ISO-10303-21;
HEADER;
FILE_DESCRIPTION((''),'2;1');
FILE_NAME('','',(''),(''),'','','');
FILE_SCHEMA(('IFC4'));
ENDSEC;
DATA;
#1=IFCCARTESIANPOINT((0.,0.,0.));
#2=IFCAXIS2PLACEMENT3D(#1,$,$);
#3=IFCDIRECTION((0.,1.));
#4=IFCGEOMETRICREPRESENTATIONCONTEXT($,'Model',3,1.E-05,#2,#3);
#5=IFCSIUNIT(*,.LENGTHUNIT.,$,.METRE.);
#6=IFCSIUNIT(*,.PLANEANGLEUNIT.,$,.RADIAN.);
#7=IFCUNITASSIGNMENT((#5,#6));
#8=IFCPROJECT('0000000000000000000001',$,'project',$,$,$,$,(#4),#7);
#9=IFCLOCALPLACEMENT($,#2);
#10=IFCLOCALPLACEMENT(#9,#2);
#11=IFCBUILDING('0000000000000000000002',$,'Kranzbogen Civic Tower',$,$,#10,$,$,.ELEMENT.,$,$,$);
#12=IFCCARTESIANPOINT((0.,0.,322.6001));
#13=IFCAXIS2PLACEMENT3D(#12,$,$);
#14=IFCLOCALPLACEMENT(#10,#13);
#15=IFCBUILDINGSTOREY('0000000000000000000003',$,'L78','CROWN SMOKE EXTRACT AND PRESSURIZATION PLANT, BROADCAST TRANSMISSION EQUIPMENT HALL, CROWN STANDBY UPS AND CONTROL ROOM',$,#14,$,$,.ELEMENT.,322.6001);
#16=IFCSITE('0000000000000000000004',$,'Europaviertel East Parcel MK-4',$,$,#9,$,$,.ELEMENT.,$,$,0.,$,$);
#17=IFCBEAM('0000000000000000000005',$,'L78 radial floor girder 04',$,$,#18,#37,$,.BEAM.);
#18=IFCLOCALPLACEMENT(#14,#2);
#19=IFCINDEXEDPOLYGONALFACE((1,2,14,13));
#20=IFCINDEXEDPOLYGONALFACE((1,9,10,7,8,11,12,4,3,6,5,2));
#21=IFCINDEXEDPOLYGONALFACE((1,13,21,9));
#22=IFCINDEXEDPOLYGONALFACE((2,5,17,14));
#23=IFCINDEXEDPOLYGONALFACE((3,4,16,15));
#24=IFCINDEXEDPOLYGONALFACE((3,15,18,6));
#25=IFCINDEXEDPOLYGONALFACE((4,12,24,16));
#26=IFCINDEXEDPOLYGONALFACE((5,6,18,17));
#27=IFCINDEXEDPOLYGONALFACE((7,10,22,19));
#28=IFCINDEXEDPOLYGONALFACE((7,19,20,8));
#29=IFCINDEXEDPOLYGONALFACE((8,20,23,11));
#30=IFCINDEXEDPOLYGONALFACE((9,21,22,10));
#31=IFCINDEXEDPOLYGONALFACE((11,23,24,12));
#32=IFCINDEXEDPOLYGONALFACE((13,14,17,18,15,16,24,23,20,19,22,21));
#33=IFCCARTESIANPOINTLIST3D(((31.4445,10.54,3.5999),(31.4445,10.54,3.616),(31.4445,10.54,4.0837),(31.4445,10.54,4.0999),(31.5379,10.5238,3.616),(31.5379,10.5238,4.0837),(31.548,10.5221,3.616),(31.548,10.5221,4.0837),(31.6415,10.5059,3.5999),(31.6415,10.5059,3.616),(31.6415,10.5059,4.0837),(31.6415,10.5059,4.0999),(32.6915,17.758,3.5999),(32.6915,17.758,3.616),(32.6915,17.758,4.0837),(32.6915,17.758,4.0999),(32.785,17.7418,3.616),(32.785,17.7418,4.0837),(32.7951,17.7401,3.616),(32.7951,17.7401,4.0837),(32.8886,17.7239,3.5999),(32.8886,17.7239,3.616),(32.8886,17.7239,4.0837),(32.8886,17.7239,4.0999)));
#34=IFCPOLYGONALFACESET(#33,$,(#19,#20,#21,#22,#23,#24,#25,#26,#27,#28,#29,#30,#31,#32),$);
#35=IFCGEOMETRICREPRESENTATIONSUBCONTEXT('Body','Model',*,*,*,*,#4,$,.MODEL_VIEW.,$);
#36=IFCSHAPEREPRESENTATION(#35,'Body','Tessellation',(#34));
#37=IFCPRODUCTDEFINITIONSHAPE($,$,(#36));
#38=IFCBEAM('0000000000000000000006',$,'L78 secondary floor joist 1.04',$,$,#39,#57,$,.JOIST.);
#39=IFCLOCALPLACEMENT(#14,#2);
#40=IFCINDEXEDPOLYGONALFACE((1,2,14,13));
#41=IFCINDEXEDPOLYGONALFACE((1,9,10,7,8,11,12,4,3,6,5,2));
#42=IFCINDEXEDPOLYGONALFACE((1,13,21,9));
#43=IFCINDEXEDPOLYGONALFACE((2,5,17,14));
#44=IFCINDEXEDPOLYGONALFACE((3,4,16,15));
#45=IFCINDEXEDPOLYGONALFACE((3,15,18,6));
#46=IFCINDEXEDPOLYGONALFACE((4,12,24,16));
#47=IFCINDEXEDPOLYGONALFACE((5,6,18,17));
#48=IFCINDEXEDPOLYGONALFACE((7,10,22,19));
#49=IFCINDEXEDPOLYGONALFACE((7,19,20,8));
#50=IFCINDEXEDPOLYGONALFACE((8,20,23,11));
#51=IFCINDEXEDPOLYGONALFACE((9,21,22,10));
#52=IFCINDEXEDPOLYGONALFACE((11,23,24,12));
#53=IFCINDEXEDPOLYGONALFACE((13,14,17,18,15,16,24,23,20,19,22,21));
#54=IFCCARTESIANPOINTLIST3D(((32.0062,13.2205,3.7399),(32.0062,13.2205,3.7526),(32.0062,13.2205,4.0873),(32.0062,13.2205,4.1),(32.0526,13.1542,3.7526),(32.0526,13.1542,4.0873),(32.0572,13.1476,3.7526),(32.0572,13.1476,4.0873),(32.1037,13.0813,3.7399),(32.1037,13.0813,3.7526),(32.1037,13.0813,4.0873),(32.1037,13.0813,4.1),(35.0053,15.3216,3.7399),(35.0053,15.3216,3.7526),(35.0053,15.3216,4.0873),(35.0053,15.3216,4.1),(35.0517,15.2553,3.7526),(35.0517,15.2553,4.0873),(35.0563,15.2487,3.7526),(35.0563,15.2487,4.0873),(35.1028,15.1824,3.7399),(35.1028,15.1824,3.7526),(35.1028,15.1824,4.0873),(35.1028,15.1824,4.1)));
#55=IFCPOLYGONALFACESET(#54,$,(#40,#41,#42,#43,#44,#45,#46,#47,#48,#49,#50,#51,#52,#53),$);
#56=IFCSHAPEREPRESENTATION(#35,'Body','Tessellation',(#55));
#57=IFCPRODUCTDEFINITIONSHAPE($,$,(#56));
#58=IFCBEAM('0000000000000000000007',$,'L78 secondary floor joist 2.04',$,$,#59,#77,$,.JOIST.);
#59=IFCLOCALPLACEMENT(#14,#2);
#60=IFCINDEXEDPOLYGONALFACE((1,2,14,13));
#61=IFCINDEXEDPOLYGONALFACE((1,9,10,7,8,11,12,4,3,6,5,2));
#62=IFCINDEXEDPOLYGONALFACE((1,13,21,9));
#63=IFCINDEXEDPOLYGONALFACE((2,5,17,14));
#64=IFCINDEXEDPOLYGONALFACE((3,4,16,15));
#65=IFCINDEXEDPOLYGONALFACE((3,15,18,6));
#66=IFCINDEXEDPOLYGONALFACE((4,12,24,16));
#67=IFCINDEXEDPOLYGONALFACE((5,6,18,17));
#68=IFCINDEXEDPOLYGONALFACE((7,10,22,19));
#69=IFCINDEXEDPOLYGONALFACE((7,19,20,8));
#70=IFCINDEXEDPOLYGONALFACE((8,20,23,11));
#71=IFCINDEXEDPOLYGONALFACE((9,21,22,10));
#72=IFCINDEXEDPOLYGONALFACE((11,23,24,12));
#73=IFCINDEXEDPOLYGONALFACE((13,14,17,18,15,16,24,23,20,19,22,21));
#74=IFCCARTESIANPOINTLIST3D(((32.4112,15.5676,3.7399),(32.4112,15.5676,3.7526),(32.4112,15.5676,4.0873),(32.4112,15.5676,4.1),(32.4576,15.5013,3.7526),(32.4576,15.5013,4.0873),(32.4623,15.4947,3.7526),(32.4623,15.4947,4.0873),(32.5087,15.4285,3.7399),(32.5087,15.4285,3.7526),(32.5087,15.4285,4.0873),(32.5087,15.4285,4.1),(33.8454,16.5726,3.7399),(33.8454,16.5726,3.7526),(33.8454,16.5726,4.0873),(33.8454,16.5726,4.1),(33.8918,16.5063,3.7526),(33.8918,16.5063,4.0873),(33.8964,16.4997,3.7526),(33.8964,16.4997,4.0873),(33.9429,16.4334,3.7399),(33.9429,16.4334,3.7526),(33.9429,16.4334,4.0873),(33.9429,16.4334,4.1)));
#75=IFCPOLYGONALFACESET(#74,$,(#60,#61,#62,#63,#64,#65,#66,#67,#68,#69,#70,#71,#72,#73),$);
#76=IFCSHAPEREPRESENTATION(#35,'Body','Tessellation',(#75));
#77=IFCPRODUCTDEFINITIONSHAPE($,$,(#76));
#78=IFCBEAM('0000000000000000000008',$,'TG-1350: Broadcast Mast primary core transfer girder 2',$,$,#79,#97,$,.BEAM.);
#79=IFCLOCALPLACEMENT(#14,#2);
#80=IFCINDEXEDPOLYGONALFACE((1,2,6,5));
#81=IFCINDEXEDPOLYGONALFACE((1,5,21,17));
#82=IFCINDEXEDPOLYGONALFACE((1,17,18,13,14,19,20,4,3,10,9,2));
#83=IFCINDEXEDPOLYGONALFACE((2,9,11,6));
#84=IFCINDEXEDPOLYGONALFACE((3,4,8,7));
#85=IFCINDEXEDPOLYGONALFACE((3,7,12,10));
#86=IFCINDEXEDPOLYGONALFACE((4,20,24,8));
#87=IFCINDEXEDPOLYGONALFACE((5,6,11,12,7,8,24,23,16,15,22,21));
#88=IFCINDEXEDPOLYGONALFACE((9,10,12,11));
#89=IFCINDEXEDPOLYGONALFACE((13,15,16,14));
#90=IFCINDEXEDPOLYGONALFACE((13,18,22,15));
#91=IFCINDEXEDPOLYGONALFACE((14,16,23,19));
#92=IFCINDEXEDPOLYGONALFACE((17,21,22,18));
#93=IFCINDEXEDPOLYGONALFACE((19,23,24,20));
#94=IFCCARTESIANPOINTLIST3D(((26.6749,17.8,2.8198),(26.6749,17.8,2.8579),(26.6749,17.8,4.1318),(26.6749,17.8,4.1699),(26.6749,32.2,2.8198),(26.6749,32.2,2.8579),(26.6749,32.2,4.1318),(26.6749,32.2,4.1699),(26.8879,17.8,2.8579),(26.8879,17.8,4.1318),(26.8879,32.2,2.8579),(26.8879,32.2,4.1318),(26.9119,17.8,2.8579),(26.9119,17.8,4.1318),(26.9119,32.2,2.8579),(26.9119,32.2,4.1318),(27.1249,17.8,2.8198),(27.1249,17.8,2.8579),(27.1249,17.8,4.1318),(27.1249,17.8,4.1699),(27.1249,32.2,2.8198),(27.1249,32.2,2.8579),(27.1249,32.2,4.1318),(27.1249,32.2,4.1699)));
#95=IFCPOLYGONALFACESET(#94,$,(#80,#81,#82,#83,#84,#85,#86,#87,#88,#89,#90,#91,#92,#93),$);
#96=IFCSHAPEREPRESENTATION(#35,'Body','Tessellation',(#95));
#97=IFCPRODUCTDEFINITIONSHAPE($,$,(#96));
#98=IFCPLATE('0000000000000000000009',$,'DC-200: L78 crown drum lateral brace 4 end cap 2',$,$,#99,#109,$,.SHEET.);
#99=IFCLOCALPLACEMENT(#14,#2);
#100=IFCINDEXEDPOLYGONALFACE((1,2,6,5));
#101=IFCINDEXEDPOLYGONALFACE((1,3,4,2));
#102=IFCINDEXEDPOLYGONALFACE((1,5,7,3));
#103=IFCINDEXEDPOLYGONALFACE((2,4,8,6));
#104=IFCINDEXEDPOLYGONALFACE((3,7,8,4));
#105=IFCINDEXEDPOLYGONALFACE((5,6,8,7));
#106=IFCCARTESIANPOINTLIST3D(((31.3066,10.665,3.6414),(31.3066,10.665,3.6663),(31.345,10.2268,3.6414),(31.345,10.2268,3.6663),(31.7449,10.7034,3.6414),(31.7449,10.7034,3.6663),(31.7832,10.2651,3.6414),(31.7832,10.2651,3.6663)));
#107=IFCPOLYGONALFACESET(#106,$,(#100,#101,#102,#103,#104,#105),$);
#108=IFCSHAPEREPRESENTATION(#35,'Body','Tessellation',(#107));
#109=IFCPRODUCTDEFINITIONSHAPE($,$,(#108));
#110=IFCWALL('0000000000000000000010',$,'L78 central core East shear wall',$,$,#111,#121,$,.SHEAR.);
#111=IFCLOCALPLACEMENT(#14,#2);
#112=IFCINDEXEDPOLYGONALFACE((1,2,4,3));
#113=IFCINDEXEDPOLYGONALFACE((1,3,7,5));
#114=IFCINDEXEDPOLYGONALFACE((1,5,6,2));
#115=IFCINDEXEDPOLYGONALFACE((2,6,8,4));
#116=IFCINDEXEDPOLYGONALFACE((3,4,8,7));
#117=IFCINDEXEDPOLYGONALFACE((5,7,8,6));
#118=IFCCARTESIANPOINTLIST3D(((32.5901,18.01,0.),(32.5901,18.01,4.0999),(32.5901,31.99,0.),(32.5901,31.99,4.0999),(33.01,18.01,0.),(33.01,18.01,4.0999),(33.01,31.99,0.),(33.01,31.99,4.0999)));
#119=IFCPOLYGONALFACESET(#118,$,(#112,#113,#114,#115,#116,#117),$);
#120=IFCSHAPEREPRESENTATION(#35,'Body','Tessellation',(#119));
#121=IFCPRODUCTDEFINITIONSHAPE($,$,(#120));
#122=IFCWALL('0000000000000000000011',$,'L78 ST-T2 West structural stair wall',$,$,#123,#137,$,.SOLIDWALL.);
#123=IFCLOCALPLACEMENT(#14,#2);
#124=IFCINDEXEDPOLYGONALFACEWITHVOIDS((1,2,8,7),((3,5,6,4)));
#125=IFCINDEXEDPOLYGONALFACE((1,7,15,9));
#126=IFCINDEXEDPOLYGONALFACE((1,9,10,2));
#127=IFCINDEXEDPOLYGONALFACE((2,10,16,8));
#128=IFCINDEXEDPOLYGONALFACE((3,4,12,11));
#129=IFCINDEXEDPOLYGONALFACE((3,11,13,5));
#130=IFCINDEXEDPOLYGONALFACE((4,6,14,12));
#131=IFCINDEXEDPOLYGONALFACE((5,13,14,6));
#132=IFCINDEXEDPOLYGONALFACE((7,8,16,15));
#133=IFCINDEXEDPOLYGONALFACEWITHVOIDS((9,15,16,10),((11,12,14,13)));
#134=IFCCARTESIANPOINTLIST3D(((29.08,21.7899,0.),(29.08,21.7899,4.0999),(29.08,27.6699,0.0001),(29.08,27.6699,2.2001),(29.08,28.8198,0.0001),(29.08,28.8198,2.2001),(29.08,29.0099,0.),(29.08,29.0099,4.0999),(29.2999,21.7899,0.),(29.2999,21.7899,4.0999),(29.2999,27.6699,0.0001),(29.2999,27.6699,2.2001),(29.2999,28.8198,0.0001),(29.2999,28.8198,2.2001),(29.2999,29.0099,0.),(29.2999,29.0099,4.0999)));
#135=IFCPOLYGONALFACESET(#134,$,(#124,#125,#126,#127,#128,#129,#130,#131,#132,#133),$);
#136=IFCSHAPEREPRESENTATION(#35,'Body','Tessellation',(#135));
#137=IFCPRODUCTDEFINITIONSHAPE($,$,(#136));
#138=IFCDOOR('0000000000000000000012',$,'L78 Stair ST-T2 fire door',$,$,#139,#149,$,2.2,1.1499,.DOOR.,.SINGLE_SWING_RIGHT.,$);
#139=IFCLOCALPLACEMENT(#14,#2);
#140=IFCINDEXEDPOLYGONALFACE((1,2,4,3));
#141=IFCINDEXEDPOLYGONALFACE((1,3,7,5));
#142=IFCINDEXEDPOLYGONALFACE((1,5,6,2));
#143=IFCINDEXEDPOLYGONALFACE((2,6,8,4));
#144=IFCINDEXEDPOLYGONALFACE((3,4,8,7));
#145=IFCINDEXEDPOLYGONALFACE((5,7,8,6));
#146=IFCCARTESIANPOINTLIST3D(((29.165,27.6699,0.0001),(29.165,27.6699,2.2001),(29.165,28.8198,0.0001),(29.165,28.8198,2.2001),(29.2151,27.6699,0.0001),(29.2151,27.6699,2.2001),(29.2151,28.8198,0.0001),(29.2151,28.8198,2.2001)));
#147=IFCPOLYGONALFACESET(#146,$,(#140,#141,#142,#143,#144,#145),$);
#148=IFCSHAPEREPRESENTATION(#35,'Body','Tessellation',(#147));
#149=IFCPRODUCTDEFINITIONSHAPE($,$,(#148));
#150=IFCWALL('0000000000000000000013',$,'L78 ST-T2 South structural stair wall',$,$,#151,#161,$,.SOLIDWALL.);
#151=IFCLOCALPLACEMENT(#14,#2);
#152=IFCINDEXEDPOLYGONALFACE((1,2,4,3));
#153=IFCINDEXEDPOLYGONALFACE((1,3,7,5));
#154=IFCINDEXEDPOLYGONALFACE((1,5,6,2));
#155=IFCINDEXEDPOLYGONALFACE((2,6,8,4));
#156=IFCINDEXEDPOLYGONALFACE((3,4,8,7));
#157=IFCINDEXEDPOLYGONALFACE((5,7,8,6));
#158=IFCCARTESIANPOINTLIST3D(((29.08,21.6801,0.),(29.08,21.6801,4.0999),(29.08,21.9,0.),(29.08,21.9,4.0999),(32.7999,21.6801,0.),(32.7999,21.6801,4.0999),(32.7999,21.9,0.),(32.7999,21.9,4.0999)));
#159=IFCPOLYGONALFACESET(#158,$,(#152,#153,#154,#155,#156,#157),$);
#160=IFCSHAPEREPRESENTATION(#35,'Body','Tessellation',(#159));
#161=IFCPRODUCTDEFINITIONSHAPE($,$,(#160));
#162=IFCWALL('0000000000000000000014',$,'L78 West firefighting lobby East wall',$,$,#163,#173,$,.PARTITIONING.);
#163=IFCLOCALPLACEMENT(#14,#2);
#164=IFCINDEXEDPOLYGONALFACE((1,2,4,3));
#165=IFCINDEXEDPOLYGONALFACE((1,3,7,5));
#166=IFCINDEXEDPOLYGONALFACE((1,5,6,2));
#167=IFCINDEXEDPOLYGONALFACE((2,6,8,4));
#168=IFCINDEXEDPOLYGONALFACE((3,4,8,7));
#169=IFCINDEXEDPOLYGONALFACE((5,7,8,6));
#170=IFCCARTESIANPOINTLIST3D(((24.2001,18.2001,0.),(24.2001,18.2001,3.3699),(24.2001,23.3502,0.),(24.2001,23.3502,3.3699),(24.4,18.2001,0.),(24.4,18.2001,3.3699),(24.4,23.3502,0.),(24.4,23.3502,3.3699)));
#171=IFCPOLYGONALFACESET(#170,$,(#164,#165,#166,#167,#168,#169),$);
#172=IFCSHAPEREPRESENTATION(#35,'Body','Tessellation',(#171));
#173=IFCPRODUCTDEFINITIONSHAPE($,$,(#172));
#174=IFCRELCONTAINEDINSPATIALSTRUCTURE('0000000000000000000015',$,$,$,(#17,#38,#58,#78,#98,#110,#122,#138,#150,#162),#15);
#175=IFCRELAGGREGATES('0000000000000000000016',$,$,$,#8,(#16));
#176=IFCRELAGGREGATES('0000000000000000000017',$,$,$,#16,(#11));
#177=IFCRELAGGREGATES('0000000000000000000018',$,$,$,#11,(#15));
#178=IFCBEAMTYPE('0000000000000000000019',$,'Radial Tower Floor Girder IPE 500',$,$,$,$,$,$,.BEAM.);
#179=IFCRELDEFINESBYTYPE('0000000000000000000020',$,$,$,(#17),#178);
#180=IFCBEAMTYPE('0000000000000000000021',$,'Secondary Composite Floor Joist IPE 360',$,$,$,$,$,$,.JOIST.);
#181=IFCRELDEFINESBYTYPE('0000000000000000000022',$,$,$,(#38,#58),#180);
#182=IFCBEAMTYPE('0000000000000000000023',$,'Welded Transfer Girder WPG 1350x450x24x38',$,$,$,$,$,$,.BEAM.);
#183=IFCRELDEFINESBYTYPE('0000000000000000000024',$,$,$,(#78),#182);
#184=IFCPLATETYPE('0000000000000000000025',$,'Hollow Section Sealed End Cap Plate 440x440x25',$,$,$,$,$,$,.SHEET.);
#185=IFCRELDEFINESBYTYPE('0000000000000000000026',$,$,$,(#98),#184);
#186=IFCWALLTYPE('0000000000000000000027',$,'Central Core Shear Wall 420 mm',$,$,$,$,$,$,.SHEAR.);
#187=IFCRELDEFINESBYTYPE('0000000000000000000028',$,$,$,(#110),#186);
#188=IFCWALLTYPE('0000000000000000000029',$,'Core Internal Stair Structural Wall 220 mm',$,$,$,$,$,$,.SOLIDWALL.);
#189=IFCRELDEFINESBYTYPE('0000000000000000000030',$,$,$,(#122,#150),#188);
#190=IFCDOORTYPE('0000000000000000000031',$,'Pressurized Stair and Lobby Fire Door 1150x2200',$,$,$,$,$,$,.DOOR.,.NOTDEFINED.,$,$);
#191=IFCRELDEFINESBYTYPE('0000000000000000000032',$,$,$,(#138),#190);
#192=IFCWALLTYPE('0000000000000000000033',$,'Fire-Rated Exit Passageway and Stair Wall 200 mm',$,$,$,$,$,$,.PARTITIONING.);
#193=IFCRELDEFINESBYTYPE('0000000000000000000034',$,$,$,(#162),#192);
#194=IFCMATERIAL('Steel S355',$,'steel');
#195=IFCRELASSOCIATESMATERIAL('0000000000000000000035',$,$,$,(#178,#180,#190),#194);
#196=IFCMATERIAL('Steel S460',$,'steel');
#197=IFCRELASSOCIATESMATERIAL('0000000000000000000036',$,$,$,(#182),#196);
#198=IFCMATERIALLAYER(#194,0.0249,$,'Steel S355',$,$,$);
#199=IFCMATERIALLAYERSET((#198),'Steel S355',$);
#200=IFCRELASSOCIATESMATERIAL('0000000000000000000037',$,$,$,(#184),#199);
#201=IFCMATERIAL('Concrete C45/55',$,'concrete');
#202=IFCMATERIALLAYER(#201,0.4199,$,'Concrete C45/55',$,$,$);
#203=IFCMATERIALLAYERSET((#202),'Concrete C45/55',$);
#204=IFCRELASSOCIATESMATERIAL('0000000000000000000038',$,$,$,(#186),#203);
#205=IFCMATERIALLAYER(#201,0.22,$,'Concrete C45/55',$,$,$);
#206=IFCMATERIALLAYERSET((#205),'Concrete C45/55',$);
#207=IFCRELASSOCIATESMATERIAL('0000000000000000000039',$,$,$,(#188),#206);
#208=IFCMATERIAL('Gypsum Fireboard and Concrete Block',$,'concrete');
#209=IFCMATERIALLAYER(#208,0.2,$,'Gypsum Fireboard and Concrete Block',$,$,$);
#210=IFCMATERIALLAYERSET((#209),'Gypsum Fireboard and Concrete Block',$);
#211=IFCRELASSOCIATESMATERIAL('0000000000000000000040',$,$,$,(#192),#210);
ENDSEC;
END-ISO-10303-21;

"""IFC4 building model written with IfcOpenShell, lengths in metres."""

from ifc_helpers import new_model, si_unit, direction, frame, frame_2d, origin, origin_2d, place, context, subcontext, project, spatial, rectangle, i_section, extrude, material, layer, layer_set, material_profile, profile_set, type_object, element, fill, save


model = new_model("IFC4")

# Units and contexts
model_context = context("Model", 3, precision=1e-05, world=origin(), true_north=direction((0.0, 1.0)))
body_context = subcontext(model_context, "Body", "Model", "MODEL_VIEW")
ifc_project = project(units=[si_unit("LENGTHUNIT", "METRE"), si_unit("PLANEANGLEUNIT", "RADIAN")], contexts=[model_context])

# Site, building, storey
site_placement = place(None, origin())
site = spatial("IfcSite", under=ifc_project, at=site_placement, Name="Europaviertel East Parcel MK-4", CompositionType="ELEMENT", RefElevation=0.0)
building_placement = place(site_placement, origin())
building = spatial("IfcBuilding", under=site, at=building_placement, Name="Kranzbogen Civic Tower", CompositionType="ELEMENT")
storey_placement = place(building_placement, frame((0.0, 0.0, 322.6001)))
storey = spatial("IfcBuildingStorey", under=building, at=storey_placement, Name="L78", Description="CROWN SMOKE EXTRACT AND PRESSURIZATION PLANT, BROADCAST TRANSMISSION EQUIPMENT HALL, CROWN STANDBY UPS AND CONTROL ROOM", CompositionType="ELEMENT", Elevation=322.6001)

# Shared definitions
ifc_material_1 = material(Name="Steel S355", Category="steel")

# Beams
ifc_material_profile_1 = material_profile(ifc_material_1, i_section(OverallWidth=0.2, OverallDepth=0.5, WebThickness=0.0103, FlangeThickness=0.0161, at=origin_2d()), Name="IPE 500")
ifc_profile_set_1 = profile_set([ifc_material_profile_1], Name="Steel S355")
beam_type_1 = type_object("IfcBeamType", Name="Radial Tower Floor Girder IPE 500", PredefinedType="BEAM", material=ifc_profile_set_1)
beam_1_placement = place(storey_placement, frame((31.543, 10.5229, 3.8499), z_axis=(0.17025, 0.985401, 0.0), x_axis=(-0.985401, 0.17025, 0.0)))
element("IfcBeam", 1, at=beam_1_placement, inside=storey, type_object=beam_type_1, Name="L78 radial floor girder 04", PredefinedType="BEAM", context=body_context, shape_type="SweptSolid", body=[
    extrude(i_section(OverallWidth=0.2, OverallDepth=0.5, WebThickness=0.0103, FlangeThickness=0.0161, at=origin_2d()), origin(), (0.0, 0.0, 1.0), 7.325),
])
ifc_material_profile_2 = material_profile(ifc_material_1, i_section(OverallWidth=0.1699, OverallDepth=0.3601, WebThickness=0.0081, FlangeThickness=0.0127, at=origin_2d()), Name="IPE 360")
ifc_profile_set_2 = profile_set([ifc_material_profile_2], Name="Steel S355")
beam_type_2 = type_object("IfcBeamType", Name="Secondary Composite Floor Joist IPE 360", PredefinedType="JOIST", material=ifc_profile_set_2)
beam_2_placement = place(storey_placement, frame((32.0549, 13.1509, 3.9199), z_axis=(0.819006, 0.573784, 0.0), x_axis=(-0.573784, 0.819006, 0.0)))
element("IfcBeam", 2, at=beam_2_placement, inside=storey, type_object=beam_type_2, Name="L78 secondary floor joist 1.04", PredefinedType="JOIST", context=body_context, shape_type="SweptSolid", body=[
    extrude(i_section(OverallWidth=0.1699, OverallDepth=0.3601, WebThickness=0.0081, FlangeThickness=0.0127, at=origin_2d()), origin(), (0.0, 0.0, 1.0), 3.6619),
])
beam_3_placement = place(storey_placement, frame((32.46, 15.498, 3.9199), z_axis=(0.818957, 0.573855, 0.0), x_axis=(-0.573855, 0.818957, 0.0)))
element("IfcBeam", 3, at=beam_3_placement, inside=storey, type_object=beam_type_2, Name="L78 secondary floor joist 2.04", PredefinedType="JOIST", context=body_context, shape_type="SweptSolid", body=[
    extrude(i_section(OverallWidth=0.1699, OverallDepth=0.3601, WebThickness=0.0081, FlangeThickness=0.0127, at=origin_2d()), origin(), (0.0, 0.0, 1.0), 1.7512),
])
ifc_material_2 = material(Name="Steel S460", Category="steel")
ifc_material_profile_3 = material_profile(ifc_material_2, i_section(OverallWidth=0.45, OverallDepth=1.3501, WebThickness=0.0239, FlangeThickness=0.0381, at=origin_2d()), Name="WPG 1350x450x24x38")
ifc_profile_set_3 = profile_set([ifc_material_profile_3], Name="Steel S460")
beam_type_3 = type_object("IfcBeamType", Name="Welded Transfer Girder WPG 1350x450x24x38", PredefinedType="BEAM", material=ifc_profile_set_3)
beam_4_placement = place(storey_placement, frame((26.8999, 17.8, 3.4949), z_axis=(0.0, 1.0, 0.0), x_axis=(-1.0, 0.0, 0.0)))
element("IfcBeam", 4, at=beam_4_placement, inside=storey, type_object=beam_type_3, Name="TG-1350: Broadcast Mast primary core transfer girder 2", PredefinedType="BEAM", context=body_context, shape_type="SweptSolid", body=[
    extrude(i_section(OverallWidth=0.45, OverallDepth=1.3501, WebThickness=0.0239, FlangeThickness=0.0381, at=origin_2d()), origin(), (0.0, 0.0, 1.0), 14.3999),
])

# Plate
ifc_layer_1 = layer(ifc_material_1, 0.0249, Name="Steel S355")
ifc_layer_set_1 = layer_set([ifc_layer_1], Name="Steel S355")
plate_type = type_object("IfcPlateType", Name="Hollow Section Sealed End Cap Plate 440x440x25", PredefinedType="SHEET", material=ifc_layer_set_1)
plate_placement = place(storey_placement, frame((31.5449, 10.4651, 3.6414), z_axis=(0.0, 0.0, 1.0), x_axis=(0.996192, 0.087191, 0.0)))
element("IfcPlate", 5, at=plate_placement, inside=storey, type_object=plate_type, Name="DC-200: L78 crown drum lateral brace 4 end cap 2", PredefinedType="SHEET", context=body_context, shape_type="SweptSolid", body=[
    extrude(rectangle(XDim=0.4399, YDim=0.4399, at=origin_2d()), origin(), (0.0, 0.0, 1.0), 0.0249),
])

# Wall
ifc_material_3 = material(Name="Concrete C45/55", Category="concrete")
ifc_layer_2 = layer(ifc_material_3, 0.4199, Name="Concrete C45/55")
ifc_layer_set_2 = layer_set([ifc_layer_2], Name="Concrete C45/55")
wall_type_1 = type_object("IfcWallType", Name="Central Core Shear Wall 420 mm", PredefinedType="SHEAR", material=ifc_layer_set_2)
wall_1_placement = place(storey_placement, frame((32.8, 18.01, 0.0), z_axis=(0.0, 0.0, 1.0), x_axis=(0.0, 1.0, 0.0)))
element("IfcWall", 6, at=wall_1_placement, inside=storey, type_object=wall_type_1, Name="L78 central core East shear wall", PredefinedType="SHEAR", context=body_context, shape_type="SweptSolid", body=[
    extrude(rectangle(XDim=13.98, YDim=0.4199, at=frame_2d((6.99, 0.0))), origin(), (0.0, 0.0, 1.0), 4.0999),
])

# Wall, opening, door
ifc_layer_3 = layer(ifc_material_3, 0.22, Name="Concrete C45/55")
ifc_layer_set_3 = layer_set([ifc_layer_3], Name="Concrete C45/55")
wall_type_2 = type_object("IfcWallType", Name="Core Internal Stair Structural Wall 220 mm", PredefinedType="SOLIDWALL", material=ifc_layer_set_3)
wall_2_placement = place(storey_placement, frame((29.1899, 21.79, 0.0), z_axis=(0.0, 0.0, 1.0), x_axis=(0.0, 1.0, 0.0)))
wall_2 = element("IfcWall", 7, at=wall_2_placement, inside=storey, type_object=wall_type_2, Name="L78 ST-T2 West structural stair wall", PredefinedType="SOLIDWALL", context=body_context, shape_type="SweptSolid", body=[
    extrude(rectangle(XDim=7.22, YDim=0.22, at=frame_2d((3.6099, 0.0))), origin(), (0.0, 0.0, 1.0), 4.0999),
])
opening_1_placement = place(wall_2_placement, frame((5.8799, 0.0, 0.0)))
opening_1 = element("IfcOpeningElement", 8, at=opening_1_placement, cuts=wall_2, PredefinedType="OPENING", context=body_context, shape_type="SweptSolid", body=[
    extrude(rectangle(XDim=1.1499, YDim=2.2, at=frame_2d((0.575, 1.1001))), frame((0.0, 0.1201, 0.0), z_axis=(0.0, -1.0, 0.0), x_axis=(1.0, 0.0, 0.0)), (0.0, 0.0, 1.0), 0.24),
])
door_type_1 = type_object("IfcDoorType", Name="Pressurized Stair and Lobby Fire Door 1150x2200", OperationType="NOTDEFINED", PredefinedType="DOOR", material=ifc_material_1)
door_1_placement = place(opening_1_placement, origin())
door_1 = element("IfcDoor", 9, at=door_1_placement, inside=storey, type_object=door_type_1, Name="L78 Stair ST-T2 fire door", OperationType="SINGLE_SWING_RIGHT", OverallHeight=2.2, OverallWidth=1.1499, PredefinedType="DOOR", context=body_context, shape_type="SweptSolid", body=[
    extrude(rectangle(XDim=1.1499, YDim=2.2, at=frame_2d((0.575, 1.1001))), frame((0.0, 0.0249, 0.0), z_axis=(0.0, -1.0, 0.0), x_axis=(1.0, 0.0, 0.0)), (0.0, 0.0, 1.0), 0.05),
])
fill(opening_1, door_1)

# Walls
wall_3_placement = place(storey_placement, frame((29.0801, 21.79, 0.0), z_axis=(0.0, 0.0, 1.0), x_axis=(1.0, 0.0, 0.0)))
element("IfcWall", 10, at=wall_3_placement, inside=storey, type_object=wall_type_2, Name="L78 ST-T2 South structural stair wall", PredefinedType="SOLIDWALL", context=body_context, shape_type="SweptSolid", body=[
    extrude(rectangle(XDim=3.72, YDim=0.22, at=frame_2d((1.8599, 0.0))), origin(), (0.0, 0.0, 1.0), 4.0999),
])
ifc_material_4 = material(Name="Gypsum Fireboard and Concrete Block", Category="concrete")
ifc_layer_4 = layer(ifc_material_4, 0.2, Name="Gypsum Fireboard and Concrete Block")
ifc_layer_set_4 = layer_set([ifc_layer_4], Name="Gypsum Fireboard and Concrete Block")
wall_type_3 = type_object("IfcWallType", Name="Fire-Rated Exit Passageway and Stair Wall 200 mm", PredefinedType="PARTITIONING", material=ifc_layer_set_4)
for number, where, z_axis, x_axis, name in (
    (11, (24.3, 18.2, 0.0), (0.0, 0.0, 1.0), (0.0, 1.0, 0.0), "L78 West firefighting lobby East wall"),
):
    element("IfcWall", number, at=place(storey_placement, frame(where, z_axis=z_axis, x_axis=x_axis)), inside=storey, type_object=wall_type_3, Name=name, PredefinedType="PARTITIONING", context=body_context, shape_type="SweptSolid", body=[
        extrude(rectangle(XDim=5.1501, YDim=0.2, at=frame_2d((2.5752, 0.0))), origin(), (0.0, 0.0, 1.0), 3.3699),
    ])

save(model, "model.ifc")
